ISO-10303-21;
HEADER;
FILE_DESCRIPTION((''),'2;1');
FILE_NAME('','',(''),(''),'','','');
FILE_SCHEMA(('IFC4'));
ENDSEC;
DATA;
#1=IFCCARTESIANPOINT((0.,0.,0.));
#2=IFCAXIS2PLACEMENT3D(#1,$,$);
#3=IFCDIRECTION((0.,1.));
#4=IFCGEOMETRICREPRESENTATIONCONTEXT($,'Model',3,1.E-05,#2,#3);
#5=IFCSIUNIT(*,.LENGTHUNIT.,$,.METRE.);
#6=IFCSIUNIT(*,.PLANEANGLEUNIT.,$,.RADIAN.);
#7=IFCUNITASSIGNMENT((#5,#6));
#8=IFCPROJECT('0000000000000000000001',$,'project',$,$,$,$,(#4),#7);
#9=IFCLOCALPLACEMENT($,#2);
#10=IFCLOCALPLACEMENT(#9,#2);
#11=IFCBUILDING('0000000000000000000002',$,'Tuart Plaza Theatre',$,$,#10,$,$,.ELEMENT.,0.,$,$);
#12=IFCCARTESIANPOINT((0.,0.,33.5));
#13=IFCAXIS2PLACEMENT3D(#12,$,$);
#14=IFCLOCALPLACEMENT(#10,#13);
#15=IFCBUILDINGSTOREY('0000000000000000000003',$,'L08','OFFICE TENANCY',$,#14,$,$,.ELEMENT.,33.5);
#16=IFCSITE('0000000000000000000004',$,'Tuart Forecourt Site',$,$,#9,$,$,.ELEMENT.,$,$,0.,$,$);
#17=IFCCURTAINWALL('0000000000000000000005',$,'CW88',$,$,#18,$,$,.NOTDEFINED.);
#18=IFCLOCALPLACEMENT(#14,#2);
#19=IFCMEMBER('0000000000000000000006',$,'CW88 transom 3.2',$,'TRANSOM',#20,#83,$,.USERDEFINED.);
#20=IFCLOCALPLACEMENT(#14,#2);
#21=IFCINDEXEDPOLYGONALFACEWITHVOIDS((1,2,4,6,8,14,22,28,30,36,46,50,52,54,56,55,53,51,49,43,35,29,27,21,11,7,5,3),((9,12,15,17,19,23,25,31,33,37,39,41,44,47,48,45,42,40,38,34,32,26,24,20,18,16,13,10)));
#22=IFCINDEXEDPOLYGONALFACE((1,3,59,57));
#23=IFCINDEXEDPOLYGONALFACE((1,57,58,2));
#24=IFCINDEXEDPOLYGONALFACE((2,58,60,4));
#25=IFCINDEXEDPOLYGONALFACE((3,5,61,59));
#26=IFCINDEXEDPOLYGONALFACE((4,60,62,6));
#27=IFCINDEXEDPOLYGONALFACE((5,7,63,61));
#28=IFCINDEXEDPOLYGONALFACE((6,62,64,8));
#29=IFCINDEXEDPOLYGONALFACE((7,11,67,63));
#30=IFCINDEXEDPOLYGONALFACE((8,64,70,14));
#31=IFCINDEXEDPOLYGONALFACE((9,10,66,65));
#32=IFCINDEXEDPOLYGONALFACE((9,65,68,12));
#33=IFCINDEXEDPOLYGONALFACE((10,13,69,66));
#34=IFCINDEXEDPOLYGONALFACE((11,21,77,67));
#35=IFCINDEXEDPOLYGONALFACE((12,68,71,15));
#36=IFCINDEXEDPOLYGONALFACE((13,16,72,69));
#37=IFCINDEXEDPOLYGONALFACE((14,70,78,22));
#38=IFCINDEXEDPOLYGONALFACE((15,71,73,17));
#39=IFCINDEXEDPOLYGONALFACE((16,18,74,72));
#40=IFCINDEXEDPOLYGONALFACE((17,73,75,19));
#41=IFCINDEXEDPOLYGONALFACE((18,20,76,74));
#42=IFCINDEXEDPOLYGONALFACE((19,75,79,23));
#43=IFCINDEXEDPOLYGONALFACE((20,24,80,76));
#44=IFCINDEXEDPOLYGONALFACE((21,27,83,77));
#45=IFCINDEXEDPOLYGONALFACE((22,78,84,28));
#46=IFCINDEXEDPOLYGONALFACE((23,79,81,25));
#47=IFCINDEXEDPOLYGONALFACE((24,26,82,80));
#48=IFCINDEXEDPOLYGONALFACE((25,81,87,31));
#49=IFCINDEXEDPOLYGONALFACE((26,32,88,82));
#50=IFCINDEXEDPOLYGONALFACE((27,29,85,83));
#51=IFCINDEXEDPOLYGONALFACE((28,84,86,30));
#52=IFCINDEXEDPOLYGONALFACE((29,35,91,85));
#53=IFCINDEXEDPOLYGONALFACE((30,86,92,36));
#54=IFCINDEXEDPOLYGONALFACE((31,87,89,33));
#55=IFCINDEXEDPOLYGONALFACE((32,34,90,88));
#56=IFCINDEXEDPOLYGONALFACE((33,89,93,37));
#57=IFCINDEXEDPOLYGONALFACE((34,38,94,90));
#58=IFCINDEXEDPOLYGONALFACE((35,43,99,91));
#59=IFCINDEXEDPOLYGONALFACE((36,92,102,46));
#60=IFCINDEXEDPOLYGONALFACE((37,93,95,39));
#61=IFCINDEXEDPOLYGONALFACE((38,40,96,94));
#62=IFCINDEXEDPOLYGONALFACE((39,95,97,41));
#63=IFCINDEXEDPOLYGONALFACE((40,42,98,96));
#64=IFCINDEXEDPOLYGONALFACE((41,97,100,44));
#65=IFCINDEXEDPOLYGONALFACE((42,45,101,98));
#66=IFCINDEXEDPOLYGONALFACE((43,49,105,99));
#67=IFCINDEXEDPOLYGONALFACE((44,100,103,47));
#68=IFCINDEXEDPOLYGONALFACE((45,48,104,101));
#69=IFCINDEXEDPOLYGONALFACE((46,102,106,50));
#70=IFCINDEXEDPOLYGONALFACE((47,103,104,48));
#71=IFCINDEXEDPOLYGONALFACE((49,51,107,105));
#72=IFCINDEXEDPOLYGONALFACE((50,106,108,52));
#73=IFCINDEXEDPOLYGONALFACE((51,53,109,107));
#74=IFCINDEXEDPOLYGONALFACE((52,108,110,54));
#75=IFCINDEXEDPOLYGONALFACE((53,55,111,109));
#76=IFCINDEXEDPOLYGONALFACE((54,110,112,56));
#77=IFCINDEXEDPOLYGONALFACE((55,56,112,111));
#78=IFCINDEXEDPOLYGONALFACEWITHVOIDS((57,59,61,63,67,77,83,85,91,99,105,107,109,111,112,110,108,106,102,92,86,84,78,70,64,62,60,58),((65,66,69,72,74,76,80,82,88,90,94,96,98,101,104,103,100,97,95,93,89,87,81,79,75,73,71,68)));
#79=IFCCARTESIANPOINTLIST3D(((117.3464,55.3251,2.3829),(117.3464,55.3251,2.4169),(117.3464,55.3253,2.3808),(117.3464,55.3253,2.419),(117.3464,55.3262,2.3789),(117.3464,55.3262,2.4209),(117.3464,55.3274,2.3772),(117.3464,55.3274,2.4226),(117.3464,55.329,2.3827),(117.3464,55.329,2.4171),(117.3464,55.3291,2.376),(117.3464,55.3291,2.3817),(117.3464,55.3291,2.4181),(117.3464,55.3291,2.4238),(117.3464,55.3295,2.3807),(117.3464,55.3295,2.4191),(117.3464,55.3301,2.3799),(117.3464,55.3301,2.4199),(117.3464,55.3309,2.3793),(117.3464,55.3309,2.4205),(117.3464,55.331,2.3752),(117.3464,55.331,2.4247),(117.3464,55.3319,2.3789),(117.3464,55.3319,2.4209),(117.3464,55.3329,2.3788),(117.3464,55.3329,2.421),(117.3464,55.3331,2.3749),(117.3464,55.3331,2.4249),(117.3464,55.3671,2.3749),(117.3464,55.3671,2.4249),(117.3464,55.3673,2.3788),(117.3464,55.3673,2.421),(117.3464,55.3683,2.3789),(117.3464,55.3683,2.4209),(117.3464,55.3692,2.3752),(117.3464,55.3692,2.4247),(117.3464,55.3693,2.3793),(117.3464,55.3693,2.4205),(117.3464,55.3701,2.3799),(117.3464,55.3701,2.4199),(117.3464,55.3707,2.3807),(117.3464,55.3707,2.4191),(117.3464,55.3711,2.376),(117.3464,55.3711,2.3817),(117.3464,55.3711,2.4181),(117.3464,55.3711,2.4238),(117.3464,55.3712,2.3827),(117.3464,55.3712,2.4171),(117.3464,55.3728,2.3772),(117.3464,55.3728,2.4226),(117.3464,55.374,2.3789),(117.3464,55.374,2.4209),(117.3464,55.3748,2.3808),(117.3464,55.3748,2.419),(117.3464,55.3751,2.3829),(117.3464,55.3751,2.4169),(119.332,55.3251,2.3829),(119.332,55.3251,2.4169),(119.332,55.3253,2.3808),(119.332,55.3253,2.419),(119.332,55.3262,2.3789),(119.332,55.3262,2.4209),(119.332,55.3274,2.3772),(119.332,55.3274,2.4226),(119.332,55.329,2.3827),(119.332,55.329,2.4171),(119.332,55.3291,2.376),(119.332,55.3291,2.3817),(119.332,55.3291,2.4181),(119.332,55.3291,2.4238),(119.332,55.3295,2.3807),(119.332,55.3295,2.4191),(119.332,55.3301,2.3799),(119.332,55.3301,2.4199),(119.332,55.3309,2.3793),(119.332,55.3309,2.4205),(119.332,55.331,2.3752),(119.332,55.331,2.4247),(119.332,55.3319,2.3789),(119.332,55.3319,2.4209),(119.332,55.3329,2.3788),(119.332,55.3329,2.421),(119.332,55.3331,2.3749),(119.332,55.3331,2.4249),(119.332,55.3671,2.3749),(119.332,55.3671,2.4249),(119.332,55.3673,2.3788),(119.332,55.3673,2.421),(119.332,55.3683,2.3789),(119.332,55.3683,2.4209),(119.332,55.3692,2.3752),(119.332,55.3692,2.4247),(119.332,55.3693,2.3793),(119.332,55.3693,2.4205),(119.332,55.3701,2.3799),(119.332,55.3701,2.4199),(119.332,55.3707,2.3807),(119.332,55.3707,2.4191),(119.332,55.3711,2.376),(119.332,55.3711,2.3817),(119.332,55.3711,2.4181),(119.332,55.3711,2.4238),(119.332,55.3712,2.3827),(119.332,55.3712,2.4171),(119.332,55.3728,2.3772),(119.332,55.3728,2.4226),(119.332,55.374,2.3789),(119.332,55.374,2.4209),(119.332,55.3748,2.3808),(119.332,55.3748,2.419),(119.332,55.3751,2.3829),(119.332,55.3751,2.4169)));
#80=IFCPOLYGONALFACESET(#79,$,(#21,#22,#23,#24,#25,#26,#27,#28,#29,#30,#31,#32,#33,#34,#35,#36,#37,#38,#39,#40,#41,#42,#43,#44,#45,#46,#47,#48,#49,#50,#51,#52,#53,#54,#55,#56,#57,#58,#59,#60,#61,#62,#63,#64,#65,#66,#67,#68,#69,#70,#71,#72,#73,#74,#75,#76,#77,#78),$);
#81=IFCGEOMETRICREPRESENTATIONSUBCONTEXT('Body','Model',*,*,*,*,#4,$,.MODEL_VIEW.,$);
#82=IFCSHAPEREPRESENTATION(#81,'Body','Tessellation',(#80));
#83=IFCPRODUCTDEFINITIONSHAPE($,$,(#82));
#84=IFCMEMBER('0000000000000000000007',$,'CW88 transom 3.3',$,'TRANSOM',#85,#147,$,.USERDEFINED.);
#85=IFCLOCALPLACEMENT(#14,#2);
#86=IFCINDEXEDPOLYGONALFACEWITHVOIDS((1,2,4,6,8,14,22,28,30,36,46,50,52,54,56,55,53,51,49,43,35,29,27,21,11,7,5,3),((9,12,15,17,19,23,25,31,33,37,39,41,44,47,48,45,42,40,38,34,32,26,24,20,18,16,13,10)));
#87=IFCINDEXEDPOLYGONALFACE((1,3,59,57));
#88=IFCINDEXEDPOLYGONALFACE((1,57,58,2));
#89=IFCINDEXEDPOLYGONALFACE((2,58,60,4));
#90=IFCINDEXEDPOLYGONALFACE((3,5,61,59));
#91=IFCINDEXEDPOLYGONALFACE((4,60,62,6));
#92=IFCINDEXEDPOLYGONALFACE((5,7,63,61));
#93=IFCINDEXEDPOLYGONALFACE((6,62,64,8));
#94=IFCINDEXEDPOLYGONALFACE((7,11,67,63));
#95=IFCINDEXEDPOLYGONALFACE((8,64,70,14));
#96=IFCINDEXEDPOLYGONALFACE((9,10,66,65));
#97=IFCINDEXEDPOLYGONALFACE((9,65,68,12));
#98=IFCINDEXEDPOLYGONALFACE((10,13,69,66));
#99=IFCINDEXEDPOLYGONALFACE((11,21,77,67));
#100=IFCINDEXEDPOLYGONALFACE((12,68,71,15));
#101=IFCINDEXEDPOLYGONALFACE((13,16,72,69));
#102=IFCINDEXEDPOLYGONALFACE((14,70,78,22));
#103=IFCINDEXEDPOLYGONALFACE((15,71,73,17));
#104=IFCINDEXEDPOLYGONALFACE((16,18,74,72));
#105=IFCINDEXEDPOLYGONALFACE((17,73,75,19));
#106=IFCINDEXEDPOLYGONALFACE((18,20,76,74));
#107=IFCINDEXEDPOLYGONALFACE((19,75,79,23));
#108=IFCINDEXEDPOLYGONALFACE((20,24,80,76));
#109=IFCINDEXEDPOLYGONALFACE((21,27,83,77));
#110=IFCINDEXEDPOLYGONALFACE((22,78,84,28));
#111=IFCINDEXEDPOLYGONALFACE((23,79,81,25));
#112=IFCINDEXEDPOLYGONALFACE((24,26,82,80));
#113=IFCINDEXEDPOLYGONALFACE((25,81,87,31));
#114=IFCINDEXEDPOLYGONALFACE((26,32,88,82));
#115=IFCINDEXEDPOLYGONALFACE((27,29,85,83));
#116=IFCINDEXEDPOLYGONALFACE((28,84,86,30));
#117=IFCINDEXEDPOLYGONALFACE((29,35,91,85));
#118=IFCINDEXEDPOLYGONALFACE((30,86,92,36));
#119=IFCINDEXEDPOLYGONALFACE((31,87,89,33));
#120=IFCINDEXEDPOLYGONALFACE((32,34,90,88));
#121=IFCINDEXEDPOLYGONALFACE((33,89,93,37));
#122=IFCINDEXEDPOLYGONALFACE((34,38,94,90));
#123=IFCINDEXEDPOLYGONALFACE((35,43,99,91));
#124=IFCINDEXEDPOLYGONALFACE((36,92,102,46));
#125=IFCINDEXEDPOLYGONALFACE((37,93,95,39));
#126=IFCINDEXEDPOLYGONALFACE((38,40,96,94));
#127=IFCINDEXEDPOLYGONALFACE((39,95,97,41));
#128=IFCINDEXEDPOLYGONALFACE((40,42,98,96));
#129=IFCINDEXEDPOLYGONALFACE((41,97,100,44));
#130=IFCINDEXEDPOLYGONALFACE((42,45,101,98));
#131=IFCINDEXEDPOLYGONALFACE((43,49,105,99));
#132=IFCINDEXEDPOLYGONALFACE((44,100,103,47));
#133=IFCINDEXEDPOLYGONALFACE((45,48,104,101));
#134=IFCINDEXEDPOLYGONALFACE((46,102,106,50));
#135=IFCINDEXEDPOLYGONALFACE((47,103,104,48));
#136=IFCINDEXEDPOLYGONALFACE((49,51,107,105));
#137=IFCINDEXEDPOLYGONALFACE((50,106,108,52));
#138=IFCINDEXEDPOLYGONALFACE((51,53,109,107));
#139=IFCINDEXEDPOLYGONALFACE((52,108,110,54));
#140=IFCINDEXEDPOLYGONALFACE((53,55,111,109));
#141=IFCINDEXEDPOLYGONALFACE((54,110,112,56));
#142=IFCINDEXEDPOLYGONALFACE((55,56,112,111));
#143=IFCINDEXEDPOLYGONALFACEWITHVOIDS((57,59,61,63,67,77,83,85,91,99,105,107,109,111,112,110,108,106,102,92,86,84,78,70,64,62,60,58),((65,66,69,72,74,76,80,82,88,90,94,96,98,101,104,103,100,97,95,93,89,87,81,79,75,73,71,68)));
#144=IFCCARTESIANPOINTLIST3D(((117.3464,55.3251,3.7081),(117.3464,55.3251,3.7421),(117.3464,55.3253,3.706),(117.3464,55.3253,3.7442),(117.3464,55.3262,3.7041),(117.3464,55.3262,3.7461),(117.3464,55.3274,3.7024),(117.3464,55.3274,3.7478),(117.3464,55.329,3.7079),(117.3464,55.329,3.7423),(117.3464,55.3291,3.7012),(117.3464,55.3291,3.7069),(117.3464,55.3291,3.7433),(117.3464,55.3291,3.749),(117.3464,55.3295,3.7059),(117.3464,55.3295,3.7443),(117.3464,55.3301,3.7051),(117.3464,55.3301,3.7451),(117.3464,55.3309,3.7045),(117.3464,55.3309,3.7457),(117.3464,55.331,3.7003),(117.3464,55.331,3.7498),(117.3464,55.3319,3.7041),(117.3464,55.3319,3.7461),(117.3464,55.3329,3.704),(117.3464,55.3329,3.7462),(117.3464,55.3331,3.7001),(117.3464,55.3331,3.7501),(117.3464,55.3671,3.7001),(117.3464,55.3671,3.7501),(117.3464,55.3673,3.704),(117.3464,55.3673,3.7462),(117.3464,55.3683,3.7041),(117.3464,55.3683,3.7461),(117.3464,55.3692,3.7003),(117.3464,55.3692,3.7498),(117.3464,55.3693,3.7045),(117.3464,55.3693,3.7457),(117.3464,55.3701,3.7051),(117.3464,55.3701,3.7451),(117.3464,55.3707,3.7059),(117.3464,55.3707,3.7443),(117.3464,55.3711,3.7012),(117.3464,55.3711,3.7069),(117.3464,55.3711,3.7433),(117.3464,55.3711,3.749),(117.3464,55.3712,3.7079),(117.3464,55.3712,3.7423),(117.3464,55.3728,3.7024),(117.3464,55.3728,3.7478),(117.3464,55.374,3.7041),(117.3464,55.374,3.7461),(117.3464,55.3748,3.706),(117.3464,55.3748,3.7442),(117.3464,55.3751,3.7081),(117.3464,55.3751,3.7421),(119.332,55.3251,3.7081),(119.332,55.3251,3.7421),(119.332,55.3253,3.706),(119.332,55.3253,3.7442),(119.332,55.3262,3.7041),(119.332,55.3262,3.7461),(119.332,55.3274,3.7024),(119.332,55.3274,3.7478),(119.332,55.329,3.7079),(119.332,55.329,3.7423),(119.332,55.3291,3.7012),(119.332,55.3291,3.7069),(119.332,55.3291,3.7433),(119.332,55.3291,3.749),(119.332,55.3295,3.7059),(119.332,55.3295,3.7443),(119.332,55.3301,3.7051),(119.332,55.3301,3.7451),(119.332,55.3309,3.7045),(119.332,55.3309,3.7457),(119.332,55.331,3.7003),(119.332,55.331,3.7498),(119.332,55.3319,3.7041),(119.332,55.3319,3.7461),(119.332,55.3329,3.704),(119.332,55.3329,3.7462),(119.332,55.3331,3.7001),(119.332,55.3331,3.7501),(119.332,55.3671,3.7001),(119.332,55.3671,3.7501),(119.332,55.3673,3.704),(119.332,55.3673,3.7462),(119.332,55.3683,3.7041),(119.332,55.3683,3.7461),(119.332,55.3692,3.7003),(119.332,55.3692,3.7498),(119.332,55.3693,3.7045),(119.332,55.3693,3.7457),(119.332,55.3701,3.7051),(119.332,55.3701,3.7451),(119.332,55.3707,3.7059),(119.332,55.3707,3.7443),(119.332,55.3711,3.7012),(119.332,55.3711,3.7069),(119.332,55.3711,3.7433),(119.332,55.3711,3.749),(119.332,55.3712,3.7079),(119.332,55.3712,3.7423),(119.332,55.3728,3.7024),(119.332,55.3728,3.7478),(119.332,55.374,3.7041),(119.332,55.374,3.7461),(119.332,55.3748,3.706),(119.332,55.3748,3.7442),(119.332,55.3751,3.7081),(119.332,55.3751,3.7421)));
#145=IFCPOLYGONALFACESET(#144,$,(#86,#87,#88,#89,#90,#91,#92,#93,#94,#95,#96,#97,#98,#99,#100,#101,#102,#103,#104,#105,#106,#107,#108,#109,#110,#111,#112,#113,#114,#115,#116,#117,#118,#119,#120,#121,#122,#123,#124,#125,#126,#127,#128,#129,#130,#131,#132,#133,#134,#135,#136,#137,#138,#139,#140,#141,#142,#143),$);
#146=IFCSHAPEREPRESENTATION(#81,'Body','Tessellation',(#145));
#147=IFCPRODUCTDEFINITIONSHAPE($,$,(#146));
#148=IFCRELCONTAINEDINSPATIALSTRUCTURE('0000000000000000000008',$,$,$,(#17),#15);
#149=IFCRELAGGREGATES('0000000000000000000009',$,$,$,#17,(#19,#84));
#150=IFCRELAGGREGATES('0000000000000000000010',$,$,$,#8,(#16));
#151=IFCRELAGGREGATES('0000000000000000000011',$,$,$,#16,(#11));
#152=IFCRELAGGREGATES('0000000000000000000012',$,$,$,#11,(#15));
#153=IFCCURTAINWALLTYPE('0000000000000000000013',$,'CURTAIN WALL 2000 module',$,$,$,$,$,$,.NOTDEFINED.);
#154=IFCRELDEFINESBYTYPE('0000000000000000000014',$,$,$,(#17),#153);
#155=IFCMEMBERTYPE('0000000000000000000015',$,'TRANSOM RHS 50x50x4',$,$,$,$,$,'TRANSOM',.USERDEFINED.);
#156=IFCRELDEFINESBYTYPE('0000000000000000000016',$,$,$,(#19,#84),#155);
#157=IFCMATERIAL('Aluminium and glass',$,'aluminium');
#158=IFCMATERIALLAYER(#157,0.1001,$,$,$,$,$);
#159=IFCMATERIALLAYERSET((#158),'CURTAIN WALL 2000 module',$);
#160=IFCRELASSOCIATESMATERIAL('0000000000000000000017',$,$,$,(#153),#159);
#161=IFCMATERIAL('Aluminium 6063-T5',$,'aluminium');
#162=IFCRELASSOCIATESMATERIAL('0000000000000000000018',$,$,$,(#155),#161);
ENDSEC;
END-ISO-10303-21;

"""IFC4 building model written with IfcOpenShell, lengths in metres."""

from ifc_helpers import new_model, si_unit, direction, frame, origin, origin_2d, place, context, subcontext, project, spatial, hollow_rectangle, extrude, material, layer, layer_set, material_profile, profile_set, type_object, element, aggregate, save


model = new_model("IFC4")

# Units and contexts
model_context = context("Model", 3, precision=1e-05, world=origin(), true_north=direction((0.0, 1.0)))
body_context = subcontext(model_context, "Body", "Model", "MODEL_VIEW")
ifc_project = project(units=[si_unit("LENGTHUNIT", "METRE"), si_unit("PLANEANGLEUNIT", "RADIAN")], contexts=[model_context])

# Site, building, storey
site_placement = place(None, origin())
site = spatial("IfcSite", under=ifc_project, at=site_placement, Name="Tuart Forecourt Site", CompositionType="ELEMENT", RefElevation=0.0)
building_placement = place(site_placement, origin())
building = spatial("IfcBuilding", under=site, at=building_placement, Name="Tuart Plaza Theatre", CompositionType="ELEMENT", ElevationOfRefHeight=0.0)
storey_placement = place(building_placement, frame((0.0, 0.0, 33.5)))
storey = spatial("IfcBuildingStorey", under=building, at=storey_placement, Name="L08", Description="OFFICE TENANCY", CompositionType="ELEMENT", Elevation=33.5)

# Curtain wall, members
ifc_material_1 = material(Name="Aluminium and glass", Category="aluminium")
ifc_layer_1 = layer(ifc_material_1, 0.1001)
ifc_layer_set_1 = layer_set([ifc_layer_1], Name="CURTAIN WALL 2000 module")
curtain_wall_type = type_object("IfcCurtainWallType", Name="CURTAIN WALL 2000 module", PredefinedType="NOTDEFINED", material=ifc_layer_set_1)
curtain_wall_placement = place(storey_placement, origin())
curtain_wall = element("IfcCurtainWall", 1, at=curtain_wall_placement, inside=storey, type_object=curtain_wall_type, Name="CW88", PredefinedType="NOTDEFINED")
ifc_material_2 = material(Name="Aluminium 6063-T5", Category="aluminium")
ifc_material_profile_1 = material_profile(ifc_material_2, hollow_rectangle(XDim=0.05, YDim=0.05, WallThickness=0.0039, InnerFilletRadius=0.0039, OuterFilletRadius=0.0081, at=origin_2d()), Name="RHS 50x50x4")
ifc_profile_set_1 = profile_set([ifc_material_profile_1], Name="Aluminium 6063-T5")
member_type_1 = type_object("IfcMemberType", Name="TRANSOM RHS 50x50x4", ElementType="TRANSOM", PredefinedType="USERDEFINED", material=ifc_profile_set_1)
member_1_placement = place(storey_placement, frame((117.3464, 55.3501, 2.3999), z_axis=(1.0, 0.0, 0.0), x_axis=(0.0, 1.0, 0.0)))
member_1 = element("IfcMember", 2, at=member_1_placement, type_object=member_type_1, Name="CW88 transom 3.2", ObjectType="TRANSOM", PredefinedType="USERDEFINED", context=body_context, shape_type="SweptSolid", body=[
    extrude(hollow_rectangle(XDim=0.05, YDim=0.05, WallThickness=0.0039, InnerFilletRadius=0.0039, OuterFilletRadius=0.0081, at=origin_2d()), origin(), (0.0, 0.0, 1.0), 1.9856),
])
member_2_placement = place(storey_placement, frame((117.3464, 55.3501, 3.7251), z_axis=(1.0, 0.0, 0.0), x_axis=(0.0, 1.0, 0.0)))
member_2 = element("IfcMember", 3, at=member_2_placement, type_object=member_type_1, Name="CW88 transom 3.3", ObjectType="TRANSOM", PredefinedType="USERDEFINED", context=body_context, shape_type="SweptSolid", body=[
    extrude(hollow_rectangle(XDim=0.05, YDim=0.05, WallThickness=0.0039, InnerFilletRadius=0.0039, OuterFilletRadius=0.0081, at=origin_2d()), origin(), (0.0, 0.0, 1.0), 1.9856),
])
aggregate(curtain_wall, [member_1, member_2])

save(model, "model.ifc")
